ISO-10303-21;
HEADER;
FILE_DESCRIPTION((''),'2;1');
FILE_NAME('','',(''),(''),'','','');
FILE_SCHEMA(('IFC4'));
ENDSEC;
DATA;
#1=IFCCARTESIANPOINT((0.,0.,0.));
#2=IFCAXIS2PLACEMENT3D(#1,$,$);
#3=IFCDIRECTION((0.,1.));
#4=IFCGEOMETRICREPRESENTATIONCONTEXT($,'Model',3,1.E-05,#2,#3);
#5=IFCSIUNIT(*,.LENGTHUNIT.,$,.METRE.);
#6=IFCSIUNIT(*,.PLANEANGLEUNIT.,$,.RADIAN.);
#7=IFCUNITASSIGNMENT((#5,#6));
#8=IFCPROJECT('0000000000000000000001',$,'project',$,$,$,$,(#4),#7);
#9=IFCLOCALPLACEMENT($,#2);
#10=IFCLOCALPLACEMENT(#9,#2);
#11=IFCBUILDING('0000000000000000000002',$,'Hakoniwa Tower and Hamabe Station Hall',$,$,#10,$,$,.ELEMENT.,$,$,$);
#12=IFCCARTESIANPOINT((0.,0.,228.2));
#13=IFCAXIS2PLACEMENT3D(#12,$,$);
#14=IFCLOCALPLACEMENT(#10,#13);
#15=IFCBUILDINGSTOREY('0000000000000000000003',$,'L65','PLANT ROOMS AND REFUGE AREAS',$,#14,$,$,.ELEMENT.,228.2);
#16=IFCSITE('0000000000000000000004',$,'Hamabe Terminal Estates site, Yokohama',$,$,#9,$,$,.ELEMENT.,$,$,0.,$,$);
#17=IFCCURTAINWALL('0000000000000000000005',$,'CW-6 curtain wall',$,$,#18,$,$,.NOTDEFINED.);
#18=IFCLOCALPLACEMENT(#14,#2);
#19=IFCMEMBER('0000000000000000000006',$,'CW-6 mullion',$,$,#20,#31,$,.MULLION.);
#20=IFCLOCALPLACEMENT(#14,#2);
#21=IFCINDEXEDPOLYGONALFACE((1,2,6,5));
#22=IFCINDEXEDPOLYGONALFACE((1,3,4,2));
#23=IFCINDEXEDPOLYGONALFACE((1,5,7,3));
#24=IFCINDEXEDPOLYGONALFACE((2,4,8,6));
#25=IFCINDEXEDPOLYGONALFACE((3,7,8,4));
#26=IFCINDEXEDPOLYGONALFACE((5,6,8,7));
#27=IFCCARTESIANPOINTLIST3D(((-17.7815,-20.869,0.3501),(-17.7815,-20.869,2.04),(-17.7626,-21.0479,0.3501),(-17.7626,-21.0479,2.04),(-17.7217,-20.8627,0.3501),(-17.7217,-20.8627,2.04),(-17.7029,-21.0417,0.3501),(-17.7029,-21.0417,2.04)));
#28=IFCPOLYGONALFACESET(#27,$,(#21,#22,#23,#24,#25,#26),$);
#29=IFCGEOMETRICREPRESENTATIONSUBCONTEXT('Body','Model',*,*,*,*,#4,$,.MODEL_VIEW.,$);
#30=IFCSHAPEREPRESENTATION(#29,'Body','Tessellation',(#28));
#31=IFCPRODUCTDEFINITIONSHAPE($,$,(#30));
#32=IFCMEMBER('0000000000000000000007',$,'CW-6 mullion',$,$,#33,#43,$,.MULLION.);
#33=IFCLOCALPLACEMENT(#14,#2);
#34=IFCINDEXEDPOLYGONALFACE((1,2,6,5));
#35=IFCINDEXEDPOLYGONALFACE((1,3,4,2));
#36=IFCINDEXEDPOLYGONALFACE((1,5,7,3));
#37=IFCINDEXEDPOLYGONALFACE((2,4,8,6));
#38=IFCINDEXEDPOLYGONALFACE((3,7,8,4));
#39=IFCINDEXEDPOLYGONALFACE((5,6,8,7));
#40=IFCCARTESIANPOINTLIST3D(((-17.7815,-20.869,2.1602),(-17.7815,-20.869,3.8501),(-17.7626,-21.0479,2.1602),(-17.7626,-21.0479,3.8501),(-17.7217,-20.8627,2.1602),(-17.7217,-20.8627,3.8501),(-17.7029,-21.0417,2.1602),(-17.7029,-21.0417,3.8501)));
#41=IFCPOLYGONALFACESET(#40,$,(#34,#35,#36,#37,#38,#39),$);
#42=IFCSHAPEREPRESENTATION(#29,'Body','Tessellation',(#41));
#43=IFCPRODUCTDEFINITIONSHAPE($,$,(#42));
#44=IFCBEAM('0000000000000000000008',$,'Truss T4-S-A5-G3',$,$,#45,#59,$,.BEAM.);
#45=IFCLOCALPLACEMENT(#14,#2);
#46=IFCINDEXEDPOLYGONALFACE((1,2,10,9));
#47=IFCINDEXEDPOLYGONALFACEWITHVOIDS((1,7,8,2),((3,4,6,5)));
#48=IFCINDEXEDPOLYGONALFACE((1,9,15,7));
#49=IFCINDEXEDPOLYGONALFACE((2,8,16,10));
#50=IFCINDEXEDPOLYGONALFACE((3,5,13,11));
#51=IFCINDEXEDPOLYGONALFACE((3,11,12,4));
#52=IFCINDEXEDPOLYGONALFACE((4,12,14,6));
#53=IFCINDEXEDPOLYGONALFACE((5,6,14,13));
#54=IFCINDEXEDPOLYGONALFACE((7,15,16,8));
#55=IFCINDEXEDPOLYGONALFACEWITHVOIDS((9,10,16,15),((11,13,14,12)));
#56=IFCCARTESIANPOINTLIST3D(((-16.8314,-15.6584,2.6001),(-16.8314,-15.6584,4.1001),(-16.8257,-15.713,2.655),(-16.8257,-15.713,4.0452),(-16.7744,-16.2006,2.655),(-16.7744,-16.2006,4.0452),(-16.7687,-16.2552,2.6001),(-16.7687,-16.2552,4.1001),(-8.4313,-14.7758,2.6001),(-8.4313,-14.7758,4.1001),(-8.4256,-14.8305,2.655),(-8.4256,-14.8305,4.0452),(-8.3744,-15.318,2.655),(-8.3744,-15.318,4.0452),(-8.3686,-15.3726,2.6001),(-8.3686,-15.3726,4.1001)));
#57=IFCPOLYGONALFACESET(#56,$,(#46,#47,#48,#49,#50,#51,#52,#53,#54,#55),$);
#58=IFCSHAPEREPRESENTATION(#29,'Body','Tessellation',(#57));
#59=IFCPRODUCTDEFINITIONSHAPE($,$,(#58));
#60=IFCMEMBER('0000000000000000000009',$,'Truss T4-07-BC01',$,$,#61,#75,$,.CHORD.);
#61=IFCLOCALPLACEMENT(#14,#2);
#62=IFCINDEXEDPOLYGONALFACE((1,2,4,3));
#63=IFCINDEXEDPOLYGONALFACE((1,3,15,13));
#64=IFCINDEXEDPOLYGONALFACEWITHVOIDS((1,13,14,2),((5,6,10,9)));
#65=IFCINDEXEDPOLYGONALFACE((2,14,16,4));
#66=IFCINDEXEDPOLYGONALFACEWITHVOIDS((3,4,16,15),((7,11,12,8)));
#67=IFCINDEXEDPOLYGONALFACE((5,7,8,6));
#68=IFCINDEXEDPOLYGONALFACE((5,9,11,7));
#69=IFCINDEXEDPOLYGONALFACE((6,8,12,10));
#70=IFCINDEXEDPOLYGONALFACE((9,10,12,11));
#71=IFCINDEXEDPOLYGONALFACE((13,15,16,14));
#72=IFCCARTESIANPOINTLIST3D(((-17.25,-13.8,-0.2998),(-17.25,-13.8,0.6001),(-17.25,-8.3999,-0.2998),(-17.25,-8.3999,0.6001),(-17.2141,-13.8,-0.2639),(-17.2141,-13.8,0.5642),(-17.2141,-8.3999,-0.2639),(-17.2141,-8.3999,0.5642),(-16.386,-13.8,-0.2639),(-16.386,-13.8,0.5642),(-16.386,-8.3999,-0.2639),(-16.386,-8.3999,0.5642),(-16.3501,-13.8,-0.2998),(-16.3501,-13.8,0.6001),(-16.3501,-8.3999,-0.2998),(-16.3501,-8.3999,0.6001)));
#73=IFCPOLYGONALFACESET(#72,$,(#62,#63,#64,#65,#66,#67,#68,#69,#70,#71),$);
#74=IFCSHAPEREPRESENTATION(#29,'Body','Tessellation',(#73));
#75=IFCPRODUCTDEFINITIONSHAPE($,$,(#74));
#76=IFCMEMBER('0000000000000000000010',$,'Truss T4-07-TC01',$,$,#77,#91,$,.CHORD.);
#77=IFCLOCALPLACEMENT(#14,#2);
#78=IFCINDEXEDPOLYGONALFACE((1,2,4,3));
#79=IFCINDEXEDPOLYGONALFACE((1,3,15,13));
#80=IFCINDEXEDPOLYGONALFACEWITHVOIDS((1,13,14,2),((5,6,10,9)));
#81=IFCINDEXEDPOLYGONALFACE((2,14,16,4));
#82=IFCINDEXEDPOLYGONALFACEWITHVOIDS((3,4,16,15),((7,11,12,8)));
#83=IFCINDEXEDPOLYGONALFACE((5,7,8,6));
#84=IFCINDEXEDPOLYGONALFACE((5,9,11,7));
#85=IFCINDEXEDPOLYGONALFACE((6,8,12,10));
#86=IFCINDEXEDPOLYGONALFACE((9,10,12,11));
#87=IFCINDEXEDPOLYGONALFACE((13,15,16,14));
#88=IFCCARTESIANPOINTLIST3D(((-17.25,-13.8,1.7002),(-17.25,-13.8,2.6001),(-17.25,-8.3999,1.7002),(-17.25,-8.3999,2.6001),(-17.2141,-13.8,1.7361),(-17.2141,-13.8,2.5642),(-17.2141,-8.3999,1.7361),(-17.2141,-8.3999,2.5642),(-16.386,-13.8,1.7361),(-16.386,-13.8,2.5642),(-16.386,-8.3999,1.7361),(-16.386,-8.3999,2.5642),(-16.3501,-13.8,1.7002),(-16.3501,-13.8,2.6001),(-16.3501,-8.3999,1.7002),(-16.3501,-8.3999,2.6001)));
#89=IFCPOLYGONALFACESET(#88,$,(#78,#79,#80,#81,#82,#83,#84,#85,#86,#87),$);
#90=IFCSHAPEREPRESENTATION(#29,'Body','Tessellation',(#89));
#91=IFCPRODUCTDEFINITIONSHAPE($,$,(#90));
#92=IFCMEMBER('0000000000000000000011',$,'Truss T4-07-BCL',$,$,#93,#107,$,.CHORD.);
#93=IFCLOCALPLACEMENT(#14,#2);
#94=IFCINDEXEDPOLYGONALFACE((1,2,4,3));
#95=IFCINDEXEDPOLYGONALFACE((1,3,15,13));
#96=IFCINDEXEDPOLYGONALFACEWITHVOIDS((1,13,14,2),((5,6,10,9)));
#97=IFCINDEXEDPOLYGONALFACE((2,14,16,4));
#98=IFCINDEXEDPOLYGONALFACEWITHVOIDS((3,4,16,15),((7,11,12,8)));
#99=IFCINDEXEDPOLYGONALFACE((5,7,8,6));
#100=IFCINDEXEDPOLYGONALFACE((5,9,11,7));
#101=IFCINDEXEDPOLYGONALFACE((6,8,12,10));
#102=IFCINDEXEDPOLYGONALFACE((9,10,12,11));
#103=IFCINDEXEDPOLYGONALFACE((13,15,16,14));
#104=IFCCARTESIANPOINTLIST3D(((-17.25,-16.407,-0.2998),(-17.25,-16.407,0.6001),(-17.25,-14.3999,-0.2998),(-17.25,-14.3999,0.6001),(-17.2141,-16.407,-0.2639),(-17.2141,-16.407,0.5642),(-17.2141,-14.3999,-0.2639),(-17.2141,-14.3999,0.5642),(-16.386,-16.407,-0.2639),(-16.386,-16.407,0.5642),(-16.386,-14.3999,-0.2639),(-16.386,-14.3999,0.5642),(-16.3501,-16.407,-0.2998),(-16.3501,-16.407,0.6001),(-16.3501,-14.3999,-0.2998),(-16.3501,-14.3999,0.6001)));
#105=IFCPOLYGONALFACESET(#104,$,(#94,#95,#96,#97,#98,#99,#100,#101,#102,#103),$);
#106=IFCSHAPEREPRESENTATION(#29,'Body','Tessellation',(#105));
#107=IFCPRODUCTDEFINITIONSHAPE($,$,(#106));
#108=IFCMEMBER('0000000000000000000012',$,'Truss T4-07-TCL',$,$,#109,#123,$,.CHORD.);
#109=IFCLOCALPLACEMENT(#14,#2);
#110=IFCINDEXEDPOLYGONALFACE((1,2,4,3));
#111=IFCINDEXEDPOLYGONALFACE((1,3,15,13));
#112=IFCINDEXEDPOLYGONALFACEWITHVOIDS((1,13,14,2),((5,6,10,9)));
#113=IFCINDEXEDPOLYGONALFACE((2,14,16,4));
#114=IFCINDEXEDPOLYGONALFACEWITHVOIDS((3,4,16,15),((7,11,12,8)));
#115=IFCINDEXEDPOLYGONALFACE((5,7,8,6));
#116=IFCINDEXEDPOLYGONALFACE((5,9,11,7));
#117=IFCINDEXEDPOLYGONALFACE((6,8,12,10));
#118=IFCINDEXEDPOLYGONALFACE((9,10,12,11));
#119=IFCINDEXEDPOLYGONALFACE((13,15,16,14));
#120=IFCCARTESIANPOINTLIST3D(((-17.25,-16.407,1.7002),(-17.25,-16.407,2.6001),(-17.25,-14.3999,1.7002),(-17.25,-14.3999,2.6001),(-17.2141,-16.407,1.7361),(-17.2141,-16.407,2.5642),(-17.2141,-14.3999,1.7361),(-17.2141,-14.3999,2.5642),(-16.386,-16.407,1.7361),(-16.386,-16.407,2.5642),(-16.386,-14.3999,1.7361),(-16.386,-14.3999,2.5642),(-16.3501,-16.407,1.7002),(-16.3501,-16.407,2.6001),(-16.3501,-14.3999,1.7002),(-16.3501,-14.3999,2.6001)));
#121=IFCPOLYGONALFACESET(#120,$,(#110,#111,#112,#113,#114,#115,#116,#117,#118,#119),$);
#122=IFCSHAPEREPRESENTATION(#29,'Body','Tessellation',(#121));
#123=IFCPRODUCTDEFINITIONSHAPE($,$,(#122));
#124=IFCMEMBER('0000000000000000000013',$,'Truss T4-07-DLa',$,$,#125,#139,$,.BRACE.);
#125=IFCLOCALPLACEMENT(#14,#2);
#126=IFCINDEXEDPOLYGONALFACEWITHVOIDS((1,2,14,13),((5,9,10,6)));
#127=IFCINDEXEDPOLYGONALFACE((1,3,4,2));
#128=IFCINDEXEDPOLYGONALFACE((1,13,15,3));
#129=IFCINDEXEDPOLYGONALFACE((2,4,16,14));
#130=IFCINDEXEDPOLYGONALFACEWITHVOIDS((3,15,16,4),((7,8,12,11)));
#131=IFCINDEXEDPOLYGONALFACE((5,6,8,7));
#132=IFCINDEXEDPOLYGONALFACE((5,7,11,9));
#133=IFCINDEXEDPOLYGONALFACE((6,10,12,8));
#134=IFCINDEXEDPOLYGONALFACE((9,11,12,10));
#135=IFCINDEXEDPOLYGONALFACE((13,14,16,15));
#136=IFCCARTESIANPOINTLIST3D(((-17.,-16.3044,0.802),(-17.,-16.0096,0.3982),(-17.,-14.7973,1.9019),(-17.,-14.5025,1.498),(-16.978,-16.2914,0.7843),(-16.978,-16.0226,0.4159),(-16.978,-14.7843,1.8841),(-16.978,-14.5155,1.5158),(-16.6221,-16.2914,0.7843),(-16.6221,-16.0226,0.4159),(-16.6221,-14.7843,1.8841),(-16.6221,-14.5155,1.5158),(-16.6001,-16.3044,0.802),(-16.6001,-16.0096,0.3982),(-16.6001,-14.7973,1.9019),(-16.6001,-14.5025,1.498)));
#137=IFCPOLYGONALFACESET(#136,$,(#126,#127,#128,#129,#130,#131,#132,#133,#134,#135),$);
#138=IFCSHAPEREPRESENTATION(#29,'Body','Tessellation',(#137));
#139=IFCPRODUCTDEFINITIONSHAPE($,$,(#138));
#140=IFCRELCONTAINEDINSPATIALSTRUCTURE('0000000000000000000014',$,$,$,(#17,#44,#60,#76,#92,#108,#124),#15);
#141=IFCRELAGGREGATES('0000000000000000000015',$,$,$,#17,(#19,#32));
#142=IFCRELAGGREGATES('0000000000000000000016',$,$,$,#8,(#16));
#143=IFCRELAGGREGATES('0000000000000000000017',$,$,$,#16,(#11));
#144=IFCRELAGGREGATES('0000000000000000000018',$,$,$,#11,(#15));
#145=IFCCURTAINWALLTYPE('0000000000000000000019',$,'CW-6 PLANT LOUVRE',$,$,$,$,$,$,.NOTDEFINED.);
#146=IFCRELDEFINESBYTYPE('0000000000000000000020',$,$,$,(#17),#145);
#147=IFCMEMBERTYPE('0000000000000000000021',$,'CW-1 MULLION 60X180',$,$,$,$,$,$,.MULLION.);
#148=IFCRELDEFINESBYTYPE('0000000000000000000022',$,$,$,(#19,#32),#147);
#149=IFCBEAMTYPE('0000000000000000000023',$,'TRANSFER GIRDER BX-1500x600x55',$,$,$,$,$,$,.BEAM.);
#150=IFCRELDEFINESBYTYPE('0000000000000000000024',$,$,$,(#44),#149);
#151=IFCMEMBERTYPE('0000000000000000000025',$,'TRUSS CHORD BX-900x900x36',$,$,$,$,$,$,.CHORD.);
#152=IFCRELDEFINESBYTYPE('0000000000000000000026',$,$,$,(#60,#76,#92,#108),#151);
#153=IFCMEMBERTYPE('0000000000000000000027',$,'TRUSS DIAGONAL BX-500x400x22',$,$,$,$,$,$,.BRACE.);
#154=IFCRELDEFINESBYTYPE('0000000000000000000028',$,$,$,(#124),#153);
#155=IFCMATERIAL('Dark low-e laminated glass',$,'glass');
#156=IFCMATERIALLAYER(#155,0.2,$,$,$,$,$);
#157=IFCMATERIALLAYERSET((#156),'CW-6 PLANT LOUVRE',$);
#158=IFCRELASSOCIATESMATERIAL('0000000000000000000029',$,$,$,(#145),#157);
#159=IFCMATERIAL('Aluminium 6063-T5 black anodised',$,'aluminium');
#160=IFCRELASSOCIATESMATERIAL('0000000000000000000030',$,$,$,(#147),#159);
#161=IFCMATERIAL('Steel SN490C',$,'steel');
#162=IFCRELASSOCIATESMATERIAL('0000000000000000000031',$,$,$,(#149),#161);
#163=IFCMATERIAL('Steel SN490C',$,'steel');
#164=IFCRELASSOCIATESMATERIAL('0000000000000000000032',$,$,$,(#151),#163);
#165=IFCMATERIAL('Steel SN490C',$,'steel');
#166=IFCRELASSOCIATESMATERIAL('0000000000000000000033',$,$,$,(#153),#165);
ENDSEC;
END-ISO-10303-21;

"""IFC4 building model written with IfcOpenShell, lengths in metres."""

from ifc_helpers import new_model, si_unit, direction, frame, origin, origin_2d, place, context, subcontext, project, spatial, rectangle, hollow_rectangle, extrude, material, layer, layer_set, material_profile, profile_set, type_object, element, aggregate, save


model = new_model("IFC4")

# Units and contexts
model_context = context("Model", 3, precision=1e-05, world=origin(), true_north=direction((0.0, 1.0)))
body_context = subcontext(model_context, "Body", "Model", "MODEL_VIEW")
ifc_project = project(units=[si_unit("LENGTHUNIT", "METRE"), si_unit("PLANEANGLEUNIT", "RADIAN")], contexts=[model_context])

# Site, building, storey
site_placement = place(None, origin())
site = spatial("IfcSite", under=ifc_project, at=site_placement, Name="Hamabe Terminal Estates site, Yokohama", CompositionType="ELEMENT", RefElevation=0.0)
building_placement = place(site_placement, origin())
building = spatial("IfcBuilding", under=site, at=building_placement, Name="Hakoniwa Tower and Hamabe Station Hall", CompositionType="ELEMENT")
storey_placement = place(building_placement, frame((0.0, 0.0, 228.2)))
storey = spatial("IfcBuildingStorey", under=building, at=storey_placement, Name="L65", Description="PLANT ROOMS AND REFUGE AREAS", CompositionType="ELEMENT", Elevation=228.2)

# Curtain wall, members
ifc_material_1 = material(Name="Dark low-e laminated glass", Category="glass")
ifc_layer_1 = layer(ifc_material_1, 0.2)
ifc_layer_set_1 = layer_set([ifc_layer_1], Name="CW-6 PLANT LOUVRE")
curtain_wall_type = type_object("IfcCurtainWallType", Name="CW-6 PLANT LOUVRE", PredefinedType="NOTDEFINED", material=ifc_layer_set_1)
curtain_wall_placement = place(storey_placement, origin())
curtain_wall = element("IfcCurtainWall", 1, at=curtain_wall_placement, inside=storey, type_object=curtain_wall_type, Name="CW-6 curtain wall", PredefinedType="NOTDEFINED")
ifc_material_2 = material(Name="Aluminium 6063-T5 black anodised", Category="aluminium")
ifc_material_profile_1 = material_profile(ifc_material_2, rectangle(XDim=0.0601, YDim=0.1799, at=origin_2d()), Name="CW-1 MULLION 60X180")
ifc_profile_set_1 = profile_set([ifc_material_profile_1], Name="Aluminium 6063-T5 black anodised")
member_type_1 = type_object("IfcMemberType", Name="CW-1 MULLION 60X180", PredefinedType="MULLION", material=ifc_profile_set_1)
member_1_placement = place(storey_placement, frame((-17.7422, -20.9553, 0.3501), z_axis=(0.0, 0.0, 1.0), x_axis=(0.994522, 0.104528, 0.0)))
member_1 = element("IfcMember", 2, at=member_1_placement, type_object=member_type_1, Name="CW-6 mullion", PredefinedType="MULLION", context=body_context, shape_type="SweptSolid", body=[
    extrude(rectangle(XDim=0.0601, YDim=0.1799, at=origin_2d()), origin(), (0.0, 0.0, 1.0), 1.6899),
])
member_2_placement = place(storey_placement, frame((-17.7422, -20.9553, 2.1602), z_axis=(0.0, 0.0, 1.0), x_axis=(0.994522, 0.104528, 0.0)))
member_2 = element("IfcMember", 3, at=member_2_placement, type_object=member_type_1, Name="CW-6 mullion", PredefinedType="MULLION", context=body_context, shape_type="SweptSolid", body=[
    extrude(rectangle(XDim=0.0601, YDim=0.1799, at=origin_2d()), origin(), (0.0, 0.0, 1.0), 1.6899),
])

# Beam
ifc_material_3 = material(Name="Steel SN490C", Category="steel")
ifc_material_profile_2 = material_profile(ifc_material_3, hollow_rectangle(XDim=0.6001, YDim=1.5, WallThickness=0.0549, at=origin_2d()), Name="BX-1500x600x55")
ifc_profile_set_2 = profile_set([ifc_material_profile_2], Name="Steel SN490C")
beam_type = type_object("IfcBeamType", Name="TRANSFER GIRDER BX-1500x600x55", PredefinedType="BEAM", material=ifc_profile_set_2)
beam_placement = place(storey_placement, frame((-16.8, -15.9568, 3.3501), z_axis=(0.994526, 0.104491, 0.0), x_axis=(-0.104491, 0.994526, 0.0)))
element("IfcBeam", 4, at=beam_placement, inside=storey, type_object=beam_type, Name="Truss T4-S-A5-G3", PredefinedType="BEAM", context=body_context, shape_type="SweptSolid", body=[
    extrude(hollow_rectangle(XDim=0.6001, YDim=1.5, WallThickness=0.0549, at=origin_2d()), origin(), (0.0, 0.0, 1.0), 8.4463),
])

# Members
ifc_material_4 = material(Name="Steel SN490C", Category="steel")
ifc_material_profile_3 = material_profile(ifc_material_4, hollow_rectangle(XDim=0.8999, YDim=0.8999, WallThickness=0.0359, at=origin_2d()), Name="BX-900x900x36")
ifc_profile_set_3 = profile_set([ifc_material_profile_3], Name="Steel SN490C")
member_type_2 = type_object("IfcMemberType", Name="TRUSS CHORD BX-900x900x36", PredefinedType="CHORD", material=ifc_profile_set_3)
for number, where, z_axis, x_axis, name in (
    (5, (-16.8, -13.8, 0.1501), (0.0, 1.0, 0.0), (-1.0, 0.0, 0.0), "Truss T4-07-BC01"),
    (6, (-16.8, -13.8, 2.1501), (0.0, 1.0, 0.0), (-1.0, 0.0, 0.0), "Truss T4-07-TC01"),
):
    element("IfcMember", number, at=place(storey_placement, frame(where, z_axis=z_axis, x_axis=x_axis)), inside=storey, type_object=member_type_2, Name=name, PredefinedType="CHORD", context=body_context, shape_type="SweptSolid", body=[
        extrude(hollow_rectangle(XDim=0.8999, YDim=0.8999, WallThickness=0.0359, at=origin_2d()), origin(), (0.0, 0.0, 1.0), 5.4001),
    ])
for number, where, z_axis, x_axis, name in (
    (7, (-16.8, -16.407, 0.1501), (0.0, 1.0, 0.0), (-1.0, 0.0, 0.0), "Truss T4-07-BCL"),
    (8, (-16.8, -16.407, 2.1501), (0.0, 1.0, 0.0), (-1.0, 0.0, 0.0), "Truss T4-07-TCL"),
):
    element("IfcMember", number, at=place(storey_placement, frame(where, z_axis=z_axis, x_axis=x_axis)), inside=storey, type_object=member_type_2, Name=name, PredefinedType="CHORD", context=body_context, shape_type="SweptSolid", body=[
        extrude(hollow_rectangle(XDim=0.8999, YDim=0.8999, WallThickness=0.0359, at=origin_2d()), origin(), (0.0, 0.0, 1.0), 2.0071),
    ])
ifc_material_5 = material(Name="Steel SN490C", Category="steel")
ifc_material_profile_4 = material_profile(ifc_material_5, hollow_rectangle(XDim=0.3999, YDim=0.5, WallThickness=0.022, at=origin_2d()), Name="BX-500x400x22")
ifc_profile_set_4 = profile_set([ifc_material_profile_4], Name="Steel SN490C")
member_type_3 = type_object("IfcMemberType", Name="TRUSS DIAGONAL BX-500x400x22", PredefinedType="BRACE", material=ifc_profile_set_4)
member_3_placement = place(storey_placement, frame((-16.8, -16.157, 0.6001), z_axis=(0.0, 0.807767, 0.589501), x_axis=(-1.0, 0.0, 0.0)))
element("IfcMember", 9, at=member_3_placement, inside=storey, type_object=member_type_3, Name="Truss T4-07-DLa", PredefinedType="BRACE", context=body_context, shape_type="SweptSolid", body=[
    extrude(hollow_rectangle(XDim=0.3999, YDim=0.5, WallThickness=0.022, at=origin_2d()), origin(), (0.0, 0.0, 1.0), 1.8657),
])

aggregate(curtain_wall, [member_1, member_2])

save(model, "model.ifc")
